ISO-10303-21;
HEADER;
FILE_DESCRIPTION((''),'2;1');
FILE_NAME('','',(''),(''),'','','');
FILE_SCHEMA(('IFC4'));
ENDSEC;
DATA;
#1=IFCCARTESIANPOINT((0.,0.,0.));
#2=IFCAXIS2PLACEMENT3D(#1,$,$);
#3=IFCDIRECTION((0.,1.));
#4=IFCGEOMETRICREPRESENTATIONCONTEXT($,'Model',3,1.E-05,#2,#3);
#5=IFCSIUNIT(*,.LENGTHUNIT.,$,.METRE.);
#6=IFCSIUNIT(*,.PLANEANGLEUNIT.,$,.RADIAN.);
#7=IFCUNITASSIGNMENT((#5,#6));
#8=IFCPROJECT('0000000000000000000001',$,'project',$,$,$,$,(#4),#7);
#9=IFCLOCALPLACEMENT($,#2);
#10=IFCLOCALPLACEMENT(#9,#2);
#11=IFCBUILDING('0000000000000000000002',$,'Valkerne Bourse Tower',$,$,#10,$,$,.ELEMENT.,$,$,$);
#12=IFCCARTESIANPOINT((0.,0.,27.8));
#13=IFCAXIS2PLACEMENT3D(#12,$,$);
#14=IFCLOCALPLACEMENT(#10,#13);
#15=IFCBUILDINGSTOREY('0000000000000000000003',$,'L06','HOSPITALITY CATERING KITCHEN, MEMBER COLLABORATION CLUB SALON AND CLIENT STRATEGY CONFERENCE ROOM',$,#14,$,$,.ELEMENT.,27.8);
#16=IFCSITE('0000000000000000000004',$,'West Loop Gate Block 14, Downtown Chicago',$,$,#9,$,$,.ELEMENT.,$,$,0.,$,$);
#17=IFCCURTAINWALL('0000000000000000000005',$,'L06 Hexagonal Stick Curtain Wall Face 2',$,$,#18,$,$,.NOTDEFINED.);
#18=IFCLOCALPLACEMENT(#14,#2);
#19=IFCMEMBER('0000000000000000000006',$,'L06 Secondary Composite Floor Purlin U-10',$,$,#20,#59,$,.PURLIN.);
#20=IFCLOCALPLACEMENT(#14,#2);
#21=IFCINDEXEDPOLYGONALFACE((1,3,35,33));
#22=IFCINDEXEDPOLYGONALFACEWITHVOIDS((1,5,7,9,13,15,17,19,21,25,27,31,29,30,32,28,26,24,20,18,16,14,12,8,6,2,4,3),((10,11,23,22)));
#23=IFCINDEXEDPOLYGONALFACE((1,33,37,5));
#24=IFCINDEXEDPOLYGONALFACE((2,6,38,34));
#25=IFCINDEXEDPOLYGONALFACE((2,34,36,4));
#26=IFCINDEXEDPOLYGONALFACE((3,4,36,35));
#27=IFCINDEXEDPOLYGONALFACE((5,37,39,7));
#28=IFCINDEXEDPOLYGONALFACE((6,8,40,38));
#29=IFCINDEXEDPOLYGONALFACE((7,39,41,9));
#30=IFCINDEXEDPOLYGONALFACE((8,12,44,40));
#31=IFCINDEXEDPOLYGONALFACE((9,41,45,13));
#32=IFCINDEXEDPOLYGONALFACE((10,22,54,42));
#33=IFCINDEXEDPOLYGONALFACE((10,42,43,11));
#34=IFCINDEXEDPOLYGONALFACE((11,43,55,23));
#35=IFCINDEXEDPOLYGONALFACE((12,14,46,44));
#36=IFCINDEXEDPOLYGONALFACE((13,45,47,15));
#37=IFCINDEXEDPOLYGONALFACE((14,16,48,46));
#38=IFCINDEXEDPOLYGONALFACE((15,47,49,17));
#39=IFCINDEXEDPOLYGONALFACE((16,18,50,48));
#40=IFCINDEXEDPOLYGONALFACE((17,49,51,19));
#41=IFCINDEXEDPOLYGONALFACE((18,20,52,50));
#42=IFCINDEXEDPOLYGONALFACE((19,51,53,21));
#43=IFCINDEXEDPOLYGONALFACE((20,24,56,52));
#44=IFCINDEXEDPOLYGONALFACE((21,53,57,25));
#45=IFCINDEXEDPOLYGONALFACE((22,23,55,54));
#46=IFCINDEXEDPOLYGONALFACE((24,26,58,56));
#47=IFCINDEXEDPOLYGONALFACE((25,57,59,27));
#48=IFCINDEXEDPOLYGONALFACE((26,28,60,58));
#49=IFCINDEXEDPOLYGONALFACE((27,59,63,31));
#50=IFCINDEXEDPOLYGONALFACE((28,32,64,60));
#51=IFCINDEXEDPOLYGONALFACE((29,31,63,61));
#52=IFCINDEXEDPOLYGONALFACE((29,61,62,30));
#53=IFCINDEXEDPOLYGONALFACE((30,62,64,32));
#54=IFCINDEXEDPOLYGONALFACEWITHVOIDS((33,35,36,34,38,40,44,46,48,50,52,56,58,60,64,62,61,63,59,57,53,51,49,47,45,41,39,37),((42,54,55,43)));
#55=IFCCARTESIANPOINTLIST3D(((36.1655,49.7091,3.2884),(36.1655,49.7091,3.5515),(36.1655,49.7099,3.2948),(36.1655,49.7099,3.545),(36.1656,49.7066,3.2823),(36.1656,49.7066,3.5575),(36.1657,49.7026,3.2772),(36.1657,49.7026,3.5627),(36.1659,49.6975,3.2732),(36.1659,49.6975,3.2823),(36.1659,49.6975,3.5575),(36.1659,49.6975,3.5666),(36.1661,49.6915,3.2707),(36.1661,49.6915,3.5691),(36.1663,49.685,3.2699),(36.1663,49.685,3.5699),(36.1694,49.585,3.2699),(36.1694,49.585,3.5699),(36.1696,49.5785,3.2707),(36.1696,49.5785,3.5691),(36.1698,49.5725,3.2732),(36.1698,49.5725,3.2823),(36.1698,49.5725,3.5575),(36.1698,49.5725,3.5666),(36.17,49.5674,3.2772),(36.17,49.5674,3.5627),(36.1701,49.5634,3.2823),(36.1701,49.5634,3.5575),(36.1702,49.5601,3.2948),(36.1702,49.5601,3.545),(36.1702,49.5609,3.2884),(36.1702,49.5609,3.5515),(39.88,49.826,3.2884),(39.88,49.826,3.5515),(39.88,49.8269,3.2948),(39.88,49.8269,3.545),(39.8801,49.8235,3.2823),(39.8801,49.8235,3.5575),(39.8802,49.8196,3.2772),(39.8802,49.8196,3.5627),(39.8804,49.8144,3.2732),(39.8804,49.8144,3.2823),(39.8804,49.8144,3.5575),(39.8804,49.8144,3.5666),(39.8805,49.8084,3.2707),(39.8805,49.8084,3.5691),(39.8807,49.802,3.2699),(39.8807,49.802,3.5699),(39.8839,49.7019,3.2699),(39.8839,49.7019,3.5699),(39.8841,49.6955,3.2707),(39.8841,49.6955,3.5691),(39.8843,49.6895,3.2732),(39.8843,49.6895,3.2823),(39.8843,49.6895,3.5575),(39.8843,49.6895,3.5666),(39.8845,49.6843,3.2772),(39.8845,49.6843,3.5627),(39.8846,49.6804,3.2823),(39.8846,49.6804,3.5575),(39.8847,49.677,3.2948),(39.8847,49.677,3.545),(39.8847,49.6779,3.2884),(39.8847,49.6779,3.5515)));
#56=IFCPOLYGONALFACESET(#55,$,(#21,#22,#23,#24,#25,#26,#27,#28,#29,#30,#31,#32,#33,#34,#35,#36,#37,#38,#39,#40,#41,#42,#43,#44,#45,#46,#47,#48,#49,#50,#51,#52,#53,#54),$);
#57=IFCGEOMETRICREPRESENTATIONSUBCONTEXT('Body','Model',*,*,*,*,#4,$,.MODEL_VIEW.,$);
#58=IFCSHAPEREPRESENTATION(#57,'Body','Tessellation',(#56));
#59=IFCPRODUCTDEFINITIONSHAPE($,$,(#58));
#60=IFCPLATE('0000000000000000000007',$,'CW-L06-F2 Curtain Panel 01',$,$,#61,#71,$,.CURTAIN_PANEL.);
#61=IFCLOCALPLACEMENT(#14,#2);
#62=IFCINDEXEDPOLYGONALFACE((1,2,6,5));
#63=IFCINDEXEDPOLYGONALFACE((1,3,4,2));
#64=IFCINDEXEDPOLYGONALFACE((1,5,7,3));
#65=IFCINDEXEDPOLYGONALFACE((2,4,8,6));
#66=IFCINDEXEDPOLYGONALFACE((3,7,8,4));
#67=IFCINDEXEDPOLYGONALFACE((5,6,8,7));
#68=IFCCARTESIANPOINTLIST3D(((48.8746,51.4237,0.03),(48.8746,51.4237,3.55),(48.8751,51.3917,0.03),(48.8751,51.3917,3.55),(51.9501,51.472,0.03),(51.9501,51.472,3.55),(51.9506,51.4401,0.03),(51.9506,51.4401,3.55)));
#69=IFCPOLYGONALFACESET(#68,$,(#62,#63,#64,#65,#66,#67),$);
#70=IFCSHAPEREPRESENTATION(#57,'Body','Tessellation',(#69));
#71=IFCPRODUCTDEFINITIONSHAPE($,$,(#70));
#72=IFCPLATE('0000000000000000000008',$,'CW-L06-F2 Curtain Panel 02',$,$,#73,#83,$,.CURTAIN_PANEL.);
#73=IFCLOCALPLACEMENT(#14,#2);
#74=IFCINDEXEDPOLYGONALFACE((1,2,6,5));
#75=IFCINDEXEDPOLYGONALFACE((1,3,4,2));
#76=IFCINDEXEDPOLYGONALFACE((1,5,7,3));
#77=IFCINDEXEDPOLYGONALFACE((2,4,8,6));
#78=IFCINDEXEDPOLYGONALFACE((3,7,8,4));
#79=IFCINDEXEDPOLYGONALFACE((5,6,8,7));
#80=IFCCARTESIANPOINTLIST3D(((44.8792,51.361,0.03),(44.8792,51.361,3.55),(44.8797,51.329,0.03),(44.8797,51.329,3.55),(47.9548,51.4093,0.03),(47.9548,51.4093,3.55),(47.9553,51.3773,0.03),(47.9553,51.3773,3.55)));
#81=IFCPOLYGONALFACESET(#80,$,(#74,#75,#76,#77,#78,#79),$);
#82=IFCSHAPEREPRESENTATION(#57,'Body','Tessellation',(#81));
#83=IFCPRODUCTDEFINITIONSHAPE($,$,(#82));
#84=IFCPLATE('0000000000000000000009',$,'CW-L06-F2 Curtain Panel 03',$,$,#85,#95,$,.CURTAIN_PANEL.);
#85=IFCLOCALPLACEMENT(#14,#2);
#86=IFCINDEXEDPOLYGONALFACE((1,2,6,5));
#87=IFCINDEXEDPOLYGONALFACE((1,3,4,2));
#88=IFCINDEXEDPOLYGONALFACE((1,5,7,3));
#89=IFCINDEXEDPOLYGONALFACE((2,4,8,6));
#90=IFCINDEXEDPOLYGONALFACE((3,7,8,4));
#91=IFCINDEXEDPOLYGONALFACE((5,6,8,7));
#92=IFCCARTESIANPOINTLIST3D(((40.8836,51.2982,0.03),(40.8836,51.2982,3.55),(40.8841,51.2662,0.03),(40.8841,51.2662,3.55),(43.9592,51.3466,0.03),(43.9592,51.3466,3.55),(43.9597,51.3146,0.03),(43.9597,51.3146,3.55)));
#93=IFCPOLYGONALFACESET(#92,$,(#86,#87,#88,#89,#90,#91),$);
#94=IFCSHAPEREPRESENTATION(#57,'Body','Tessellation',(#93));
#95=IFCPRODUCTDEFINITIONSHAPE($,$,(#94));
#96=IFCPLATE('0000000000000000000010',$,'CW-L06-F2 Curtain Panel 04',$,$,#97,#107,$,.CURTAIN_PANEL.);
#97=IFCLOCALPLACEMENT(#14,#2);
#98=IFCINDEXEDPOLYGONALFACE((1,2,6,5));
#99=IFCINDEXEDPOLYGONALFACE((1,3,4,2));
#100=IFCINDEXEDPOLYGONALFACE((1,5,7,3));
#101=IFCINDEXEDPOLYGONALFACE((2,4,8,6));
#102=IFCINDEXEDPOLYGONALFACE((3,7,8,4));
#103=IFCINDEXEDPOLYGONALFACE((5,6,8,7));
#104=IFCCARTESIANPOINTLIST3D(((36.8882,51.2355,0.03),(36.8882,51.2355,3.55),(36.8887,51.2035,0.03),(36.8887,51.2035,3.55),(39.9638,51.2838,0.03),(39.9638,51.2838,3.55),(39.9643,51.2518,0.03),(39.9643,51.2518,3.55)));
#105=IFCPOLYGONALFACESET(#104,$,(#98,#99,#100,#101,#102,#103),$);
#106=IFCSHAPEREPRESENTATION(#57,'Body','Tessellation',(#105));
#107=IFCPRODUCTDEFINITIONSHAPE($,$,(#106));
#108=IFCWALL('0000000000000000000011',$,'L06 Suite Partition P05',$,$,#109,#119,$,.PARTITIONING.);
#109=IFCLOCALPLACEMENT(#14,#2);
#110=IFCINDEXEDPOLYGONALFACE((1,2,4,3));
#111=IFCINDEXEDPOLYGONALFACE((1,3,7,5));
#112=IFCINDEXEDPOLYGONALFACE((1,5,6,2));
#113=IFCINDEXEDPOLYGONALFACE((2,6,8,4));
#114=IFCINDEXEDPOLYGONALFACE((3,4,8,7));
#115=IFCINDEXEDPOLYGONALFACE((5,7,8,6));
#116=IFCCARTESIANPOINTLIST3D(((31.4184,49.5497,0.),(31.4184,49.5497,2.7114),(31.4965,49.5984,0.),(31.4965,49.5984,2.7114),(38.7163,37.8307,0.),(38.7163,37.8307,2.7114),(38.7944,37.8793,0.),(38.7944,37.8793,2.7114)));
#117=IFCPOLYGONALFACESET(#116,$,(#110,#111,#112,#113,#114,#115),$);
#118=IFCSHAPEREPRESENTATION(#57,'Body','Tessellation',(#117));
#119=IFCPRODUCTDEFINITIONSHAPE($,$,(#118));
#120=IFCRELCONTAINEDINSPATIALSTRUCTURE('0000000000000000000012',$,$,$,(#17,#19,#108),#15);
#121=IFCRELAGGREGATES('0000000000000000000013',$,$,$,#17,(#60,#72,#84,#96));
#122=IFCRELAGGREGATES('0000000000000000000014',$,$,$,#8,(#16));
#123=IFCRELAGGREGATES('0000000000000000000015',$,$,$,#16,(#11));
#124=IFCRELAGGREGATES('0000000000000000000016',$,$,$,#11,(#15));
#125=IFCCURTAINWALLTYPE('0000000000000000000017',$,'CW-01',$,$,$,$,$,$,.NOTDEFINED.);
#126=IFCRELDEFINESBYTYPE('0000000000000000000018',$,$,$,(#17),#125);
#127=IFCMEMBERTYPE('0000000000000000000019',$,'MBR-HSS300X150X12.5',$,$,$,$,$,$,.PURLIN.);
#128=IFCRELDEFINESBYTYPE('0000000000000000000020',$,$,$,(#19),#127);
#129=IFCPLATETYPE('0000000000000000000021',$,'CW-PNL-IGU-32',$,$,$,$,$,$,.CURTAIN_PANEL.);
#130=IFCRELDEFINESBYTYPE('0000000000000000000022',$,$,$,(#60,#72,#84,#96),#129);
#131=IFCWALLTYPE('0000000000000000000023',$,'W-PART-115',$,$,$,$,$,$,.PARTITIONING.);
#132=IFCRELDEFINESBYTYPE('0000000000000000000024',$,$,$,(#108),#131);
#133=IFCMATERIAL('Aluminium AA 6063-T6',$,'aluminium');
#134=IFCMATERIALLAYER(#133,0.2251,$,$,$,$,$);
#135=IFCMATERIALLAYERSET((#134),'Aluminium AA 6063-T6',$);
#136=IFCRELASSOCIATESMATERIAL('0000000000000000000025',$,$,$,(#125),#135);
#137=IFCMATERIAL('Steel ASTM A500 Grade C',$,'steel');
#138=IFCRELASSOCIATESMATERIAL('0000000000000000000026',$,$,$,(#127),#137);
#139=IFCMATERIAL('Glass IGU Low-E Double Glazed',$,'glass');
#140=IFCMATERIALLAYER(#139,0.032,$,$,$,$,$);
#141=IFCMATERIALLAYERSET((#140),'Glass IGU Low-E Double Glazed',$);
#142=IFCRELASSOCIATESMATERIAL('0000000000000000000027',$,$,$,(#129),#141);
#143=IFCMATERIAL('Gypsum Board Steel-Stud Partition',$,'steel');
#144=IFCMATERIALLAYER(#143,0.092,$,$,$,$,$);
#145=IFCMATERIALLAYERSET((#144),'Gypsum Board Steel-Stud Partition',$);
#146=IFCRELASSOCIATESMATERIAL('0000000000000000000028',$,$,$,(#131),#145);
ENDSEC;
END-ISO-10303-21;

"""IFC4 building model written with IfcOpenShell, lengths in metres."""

from ifc_helpers import new_model, si_unit, direction, frame, frame_2d, origin, origin_2d, place, context, subcontext, project, spatial, rectangle, hollow_rectangle, extrude, material, layer, layer_set, material_profile, profile_set, type_object, element, aggregate, save


model = new_model("IFC4")

# Units and contexts
model_context = context("Model", 3, precision=1e-05, world=origin(), true_north=direction((0.0, 1.0)))
body_context = subcontext(model_context, "Body", "Model", "MODEL_VIEW")
ifc_project = project(units=[si_unit("LENGTHUNIT", "METRE"), si_unit("PLANEANGLEUNIT", "RADIAN")], contexts=[model_context])

# Site, building, storey
site_placement = place(None, origin())
site = spatial("IfcSite", under=ifc_project, at=site_placement, Name="West Loop Gate Block 14, Downtown Chicago", CompositionType="ELEMENT", RefElevation=0.0)
building_placement = place(site_placement, origin())
building = spatial("IfcBuilding", under=site, at=building_placement, Name="Valkerne Bourse Tower", CompositionType="ELEMENT")
storey_placement = place(building_placement, frame((0.0, 0.0, 27.8)))
storey = spatial("IfcBuildingStorey", under=building, at=storey_placement, Name="L06", Description="HOSPITALITY CATERING KITCHEN, MEMBER COLLABORATION CLUB SALON AND CLIENT STRATEGY CONFERENCE ROOM", CompositionType="ELEMENT", Elevation=27.8)

# Curtain wall
ifc_material_1 = material(Name="Aluminium AA 6063-T6", Category="aluminium")
ifc_layer_1 = layer(ifc_material_1, 0.2251)
ifc_layer_set_1 = layer_set([ifc_layer_1], Name="Aluminium AA 6063-T6")
curtain_wall_type = type_object("IfcCurtainWallType", Name="CW-01", PredefinedType="NOTDEFINED", material=ifc_layer_set_1)
curtain_wall_placement = place(storey_placement, origin())
curtain_wall = element("IfcCurtainWall", 1, at=curtain_wall_placement, inside=storey, type_object=curtain_wall_type, Name="L06 Hexagonal Stick Curtain Wall Face 2", PredefinedType="NOTDEFINED")

# Member
ifc_material_2 = material(Name="Steel ASTM A500 Grade C", Category="steel")
ifc_material_profile_1 = material_profile(ifc_material_2, hollow_rectangle(XDim=0.1499, YDim=0.3, WallThickness=0.0125, OuterFilletRadius=0.0249, at=origin_2d()), Name="HSS300X150X12.5")
ifc_profile_set_1 = profile_set([ifc_material_profile_1], Name="Steel ASTM A500 Grade C")
member_type_1 = type_object("IfcMemberType", Name="MBR-HSS300X150X12.5", PredefinedType="PURLIN", material=ifc_profile_set_1)
for number, where, z_axis, x_axis, name in (
    (2, (39.8823, 49.752, 3.4199), (-0.999505, -0.031469, 0.0), (0.031469, -0.999505, 0.0), "L06 Secondary Composite Floor Purlin U-10"),
):
    element("IfcMember", number, at=place(storey_placement, frame(where, z_axis=z_axis, x_axis=x_axis)), inside=storey, type_object=member_type_1, Name=name, PredefinedType="PURLIN", context=body_context, shape_type="SweptSolid", body=[
        extrude(hollow_rectangle(XDim=0.1499, YDim=0.3, WallThickness=0.0125, OuterFilletRadius=0.0249, at=origin_2d()), origin(), (0.0, 0.0, 1.0), 3.7163),
    ])

# Plates
ifc_material_3 = material(Name="Glass IGU Low-E Double Glazed", Category="glass")
ifc_layer_2 = layer(ifc_material_3, 0.032)
ifc_layer_set_2 = layer_set([ifc_layer_2], Name="Glass IGU Low-E Double Glazed")
plate_type = type_object("IfcPlateType", Name="CW-PNL-IGU-32", PredefinedType="CURTAIN_PANEL", material=ifc_layer_set_2)
plate_1_placement = place(storey_placement, frame((50.4126, 51.4319, 0.03), z_axis=(0.0, 0.0, 1.0), x_axis=(-0.999877, -0.015716, 0.0)))
plate_1 = element("IfcPlate", 3, at=plate_1_placement, type_object=plate_type, Name="CW-L06-F2 Curtain Panel 01", PredefinedType="CURTAIN_PANEL", context=body_context, shape_type="SweptSolid", body=[
    extrude(rectangle(XDim=3.0759, YDim=0.032, at=origin_2d()), origin(), (0.0, 0.0, 1.0), 3.52),
])
plate_2_placement = place(storey_placement, frame((46.4172, 51.3691, 0.03), z_axis=(0.0, 0.0, 1.0), x_axis=(-0.999877, -0.015691, 0.0)))
plate_2 = element("IfcPlate", 4, at=plate_2_placement, type_object=plate_type, Name="CW-L06-F2 Curtain Panel 02", PredefinedType="CURTAIN_PANEL", context=body_context, shape_type="SweptSolid", body=[
    extrude(rectangle(XDim=3.0759, YDim=0.032, at=origin_2d()), origin(), (0.0, 0.0, 1.0), 3.52),
])
plate_3_placement = place(storey_placement, frame((42.4216, 51.3064, 0.03), z_axis=(0.0, 0.0, 1.0), x_axis=(-0.999877, -0.015716, 0.0)))
plate_3 = element("IfcPlate", 5, at=plate_3_placement, type_object=plate_type, Name="CW-L06-F2 Curtain Panel 03", PredefinedType="CURTAIN_PANEL", context=body_context, shape_type="SweptSolid", body=[
    extrude(rectangle(XDim=3.0759, YDim=0.032, at=origin_2d()), origin(), (0.0, 0.0, 1.0), 3.52),
])
plate_4_placement = place(storey_placement, frame((38.4263, 51.2437, 0.03), z_axis=(0.0, 0.0, 1.0), x_axis=(-0.999877, -0.015716, 0.0)))
plate_4 = element("IfcPlate", 6, at=plate_4_placement, type_object=plate_type, Name="CW-L06-F2 Curtain Panel 04", PredefinedType="CURTAIN_PANEL", context=body_context, shape_type="SweptSolid", body=[
    extrude(rectangle(XDim=3.0759, YDim=0.032, at=origin_2d()), origin(), (0.0, 0.0, 1.0), 3.52),
])
aggregate(curtain_wall, [plate_1, plate_2, plate_3, plate_4])

# Wall
ifc_material_4 = material(Name="Gypsum Board Steel-Stud Partition", Category="steel")
ifc_layer_3 = layer(ifc_material_4, 0.092)
ifc_layer_set_3 = layer_set([ifc_layer_3], Name="Gypsum Board Steel-Stud Partition")
wall_type_1 = type_object("IfcWallType", Name="W-PART-115", PredefinedType="PARTITIONING", material=ifc_layer_set_3)
wall_1_placement = place(storey_placement, frame((38.7554, 37.855, 0.0), z_axis=(0.0, 0.0, 1.0), x_axis=(-0.528617, 0.848861, 0.0)))
element("IfcWall", 7, at=wall_1_placement, inside=storey, type_object=wall_type_1, Name="L06 Suite Partition P05", PredefinedType="PARTITIONING", context=body_context, shape_type="SweptSolid", body=[
    extrude(rectangle(XDim=13.8057, YDim=0.092, at=frame_2d((6.9028, 0.0))), origin(), (0.0, 0.0, 1.0), 2.7114),
])

save(model, "model.ifc")
